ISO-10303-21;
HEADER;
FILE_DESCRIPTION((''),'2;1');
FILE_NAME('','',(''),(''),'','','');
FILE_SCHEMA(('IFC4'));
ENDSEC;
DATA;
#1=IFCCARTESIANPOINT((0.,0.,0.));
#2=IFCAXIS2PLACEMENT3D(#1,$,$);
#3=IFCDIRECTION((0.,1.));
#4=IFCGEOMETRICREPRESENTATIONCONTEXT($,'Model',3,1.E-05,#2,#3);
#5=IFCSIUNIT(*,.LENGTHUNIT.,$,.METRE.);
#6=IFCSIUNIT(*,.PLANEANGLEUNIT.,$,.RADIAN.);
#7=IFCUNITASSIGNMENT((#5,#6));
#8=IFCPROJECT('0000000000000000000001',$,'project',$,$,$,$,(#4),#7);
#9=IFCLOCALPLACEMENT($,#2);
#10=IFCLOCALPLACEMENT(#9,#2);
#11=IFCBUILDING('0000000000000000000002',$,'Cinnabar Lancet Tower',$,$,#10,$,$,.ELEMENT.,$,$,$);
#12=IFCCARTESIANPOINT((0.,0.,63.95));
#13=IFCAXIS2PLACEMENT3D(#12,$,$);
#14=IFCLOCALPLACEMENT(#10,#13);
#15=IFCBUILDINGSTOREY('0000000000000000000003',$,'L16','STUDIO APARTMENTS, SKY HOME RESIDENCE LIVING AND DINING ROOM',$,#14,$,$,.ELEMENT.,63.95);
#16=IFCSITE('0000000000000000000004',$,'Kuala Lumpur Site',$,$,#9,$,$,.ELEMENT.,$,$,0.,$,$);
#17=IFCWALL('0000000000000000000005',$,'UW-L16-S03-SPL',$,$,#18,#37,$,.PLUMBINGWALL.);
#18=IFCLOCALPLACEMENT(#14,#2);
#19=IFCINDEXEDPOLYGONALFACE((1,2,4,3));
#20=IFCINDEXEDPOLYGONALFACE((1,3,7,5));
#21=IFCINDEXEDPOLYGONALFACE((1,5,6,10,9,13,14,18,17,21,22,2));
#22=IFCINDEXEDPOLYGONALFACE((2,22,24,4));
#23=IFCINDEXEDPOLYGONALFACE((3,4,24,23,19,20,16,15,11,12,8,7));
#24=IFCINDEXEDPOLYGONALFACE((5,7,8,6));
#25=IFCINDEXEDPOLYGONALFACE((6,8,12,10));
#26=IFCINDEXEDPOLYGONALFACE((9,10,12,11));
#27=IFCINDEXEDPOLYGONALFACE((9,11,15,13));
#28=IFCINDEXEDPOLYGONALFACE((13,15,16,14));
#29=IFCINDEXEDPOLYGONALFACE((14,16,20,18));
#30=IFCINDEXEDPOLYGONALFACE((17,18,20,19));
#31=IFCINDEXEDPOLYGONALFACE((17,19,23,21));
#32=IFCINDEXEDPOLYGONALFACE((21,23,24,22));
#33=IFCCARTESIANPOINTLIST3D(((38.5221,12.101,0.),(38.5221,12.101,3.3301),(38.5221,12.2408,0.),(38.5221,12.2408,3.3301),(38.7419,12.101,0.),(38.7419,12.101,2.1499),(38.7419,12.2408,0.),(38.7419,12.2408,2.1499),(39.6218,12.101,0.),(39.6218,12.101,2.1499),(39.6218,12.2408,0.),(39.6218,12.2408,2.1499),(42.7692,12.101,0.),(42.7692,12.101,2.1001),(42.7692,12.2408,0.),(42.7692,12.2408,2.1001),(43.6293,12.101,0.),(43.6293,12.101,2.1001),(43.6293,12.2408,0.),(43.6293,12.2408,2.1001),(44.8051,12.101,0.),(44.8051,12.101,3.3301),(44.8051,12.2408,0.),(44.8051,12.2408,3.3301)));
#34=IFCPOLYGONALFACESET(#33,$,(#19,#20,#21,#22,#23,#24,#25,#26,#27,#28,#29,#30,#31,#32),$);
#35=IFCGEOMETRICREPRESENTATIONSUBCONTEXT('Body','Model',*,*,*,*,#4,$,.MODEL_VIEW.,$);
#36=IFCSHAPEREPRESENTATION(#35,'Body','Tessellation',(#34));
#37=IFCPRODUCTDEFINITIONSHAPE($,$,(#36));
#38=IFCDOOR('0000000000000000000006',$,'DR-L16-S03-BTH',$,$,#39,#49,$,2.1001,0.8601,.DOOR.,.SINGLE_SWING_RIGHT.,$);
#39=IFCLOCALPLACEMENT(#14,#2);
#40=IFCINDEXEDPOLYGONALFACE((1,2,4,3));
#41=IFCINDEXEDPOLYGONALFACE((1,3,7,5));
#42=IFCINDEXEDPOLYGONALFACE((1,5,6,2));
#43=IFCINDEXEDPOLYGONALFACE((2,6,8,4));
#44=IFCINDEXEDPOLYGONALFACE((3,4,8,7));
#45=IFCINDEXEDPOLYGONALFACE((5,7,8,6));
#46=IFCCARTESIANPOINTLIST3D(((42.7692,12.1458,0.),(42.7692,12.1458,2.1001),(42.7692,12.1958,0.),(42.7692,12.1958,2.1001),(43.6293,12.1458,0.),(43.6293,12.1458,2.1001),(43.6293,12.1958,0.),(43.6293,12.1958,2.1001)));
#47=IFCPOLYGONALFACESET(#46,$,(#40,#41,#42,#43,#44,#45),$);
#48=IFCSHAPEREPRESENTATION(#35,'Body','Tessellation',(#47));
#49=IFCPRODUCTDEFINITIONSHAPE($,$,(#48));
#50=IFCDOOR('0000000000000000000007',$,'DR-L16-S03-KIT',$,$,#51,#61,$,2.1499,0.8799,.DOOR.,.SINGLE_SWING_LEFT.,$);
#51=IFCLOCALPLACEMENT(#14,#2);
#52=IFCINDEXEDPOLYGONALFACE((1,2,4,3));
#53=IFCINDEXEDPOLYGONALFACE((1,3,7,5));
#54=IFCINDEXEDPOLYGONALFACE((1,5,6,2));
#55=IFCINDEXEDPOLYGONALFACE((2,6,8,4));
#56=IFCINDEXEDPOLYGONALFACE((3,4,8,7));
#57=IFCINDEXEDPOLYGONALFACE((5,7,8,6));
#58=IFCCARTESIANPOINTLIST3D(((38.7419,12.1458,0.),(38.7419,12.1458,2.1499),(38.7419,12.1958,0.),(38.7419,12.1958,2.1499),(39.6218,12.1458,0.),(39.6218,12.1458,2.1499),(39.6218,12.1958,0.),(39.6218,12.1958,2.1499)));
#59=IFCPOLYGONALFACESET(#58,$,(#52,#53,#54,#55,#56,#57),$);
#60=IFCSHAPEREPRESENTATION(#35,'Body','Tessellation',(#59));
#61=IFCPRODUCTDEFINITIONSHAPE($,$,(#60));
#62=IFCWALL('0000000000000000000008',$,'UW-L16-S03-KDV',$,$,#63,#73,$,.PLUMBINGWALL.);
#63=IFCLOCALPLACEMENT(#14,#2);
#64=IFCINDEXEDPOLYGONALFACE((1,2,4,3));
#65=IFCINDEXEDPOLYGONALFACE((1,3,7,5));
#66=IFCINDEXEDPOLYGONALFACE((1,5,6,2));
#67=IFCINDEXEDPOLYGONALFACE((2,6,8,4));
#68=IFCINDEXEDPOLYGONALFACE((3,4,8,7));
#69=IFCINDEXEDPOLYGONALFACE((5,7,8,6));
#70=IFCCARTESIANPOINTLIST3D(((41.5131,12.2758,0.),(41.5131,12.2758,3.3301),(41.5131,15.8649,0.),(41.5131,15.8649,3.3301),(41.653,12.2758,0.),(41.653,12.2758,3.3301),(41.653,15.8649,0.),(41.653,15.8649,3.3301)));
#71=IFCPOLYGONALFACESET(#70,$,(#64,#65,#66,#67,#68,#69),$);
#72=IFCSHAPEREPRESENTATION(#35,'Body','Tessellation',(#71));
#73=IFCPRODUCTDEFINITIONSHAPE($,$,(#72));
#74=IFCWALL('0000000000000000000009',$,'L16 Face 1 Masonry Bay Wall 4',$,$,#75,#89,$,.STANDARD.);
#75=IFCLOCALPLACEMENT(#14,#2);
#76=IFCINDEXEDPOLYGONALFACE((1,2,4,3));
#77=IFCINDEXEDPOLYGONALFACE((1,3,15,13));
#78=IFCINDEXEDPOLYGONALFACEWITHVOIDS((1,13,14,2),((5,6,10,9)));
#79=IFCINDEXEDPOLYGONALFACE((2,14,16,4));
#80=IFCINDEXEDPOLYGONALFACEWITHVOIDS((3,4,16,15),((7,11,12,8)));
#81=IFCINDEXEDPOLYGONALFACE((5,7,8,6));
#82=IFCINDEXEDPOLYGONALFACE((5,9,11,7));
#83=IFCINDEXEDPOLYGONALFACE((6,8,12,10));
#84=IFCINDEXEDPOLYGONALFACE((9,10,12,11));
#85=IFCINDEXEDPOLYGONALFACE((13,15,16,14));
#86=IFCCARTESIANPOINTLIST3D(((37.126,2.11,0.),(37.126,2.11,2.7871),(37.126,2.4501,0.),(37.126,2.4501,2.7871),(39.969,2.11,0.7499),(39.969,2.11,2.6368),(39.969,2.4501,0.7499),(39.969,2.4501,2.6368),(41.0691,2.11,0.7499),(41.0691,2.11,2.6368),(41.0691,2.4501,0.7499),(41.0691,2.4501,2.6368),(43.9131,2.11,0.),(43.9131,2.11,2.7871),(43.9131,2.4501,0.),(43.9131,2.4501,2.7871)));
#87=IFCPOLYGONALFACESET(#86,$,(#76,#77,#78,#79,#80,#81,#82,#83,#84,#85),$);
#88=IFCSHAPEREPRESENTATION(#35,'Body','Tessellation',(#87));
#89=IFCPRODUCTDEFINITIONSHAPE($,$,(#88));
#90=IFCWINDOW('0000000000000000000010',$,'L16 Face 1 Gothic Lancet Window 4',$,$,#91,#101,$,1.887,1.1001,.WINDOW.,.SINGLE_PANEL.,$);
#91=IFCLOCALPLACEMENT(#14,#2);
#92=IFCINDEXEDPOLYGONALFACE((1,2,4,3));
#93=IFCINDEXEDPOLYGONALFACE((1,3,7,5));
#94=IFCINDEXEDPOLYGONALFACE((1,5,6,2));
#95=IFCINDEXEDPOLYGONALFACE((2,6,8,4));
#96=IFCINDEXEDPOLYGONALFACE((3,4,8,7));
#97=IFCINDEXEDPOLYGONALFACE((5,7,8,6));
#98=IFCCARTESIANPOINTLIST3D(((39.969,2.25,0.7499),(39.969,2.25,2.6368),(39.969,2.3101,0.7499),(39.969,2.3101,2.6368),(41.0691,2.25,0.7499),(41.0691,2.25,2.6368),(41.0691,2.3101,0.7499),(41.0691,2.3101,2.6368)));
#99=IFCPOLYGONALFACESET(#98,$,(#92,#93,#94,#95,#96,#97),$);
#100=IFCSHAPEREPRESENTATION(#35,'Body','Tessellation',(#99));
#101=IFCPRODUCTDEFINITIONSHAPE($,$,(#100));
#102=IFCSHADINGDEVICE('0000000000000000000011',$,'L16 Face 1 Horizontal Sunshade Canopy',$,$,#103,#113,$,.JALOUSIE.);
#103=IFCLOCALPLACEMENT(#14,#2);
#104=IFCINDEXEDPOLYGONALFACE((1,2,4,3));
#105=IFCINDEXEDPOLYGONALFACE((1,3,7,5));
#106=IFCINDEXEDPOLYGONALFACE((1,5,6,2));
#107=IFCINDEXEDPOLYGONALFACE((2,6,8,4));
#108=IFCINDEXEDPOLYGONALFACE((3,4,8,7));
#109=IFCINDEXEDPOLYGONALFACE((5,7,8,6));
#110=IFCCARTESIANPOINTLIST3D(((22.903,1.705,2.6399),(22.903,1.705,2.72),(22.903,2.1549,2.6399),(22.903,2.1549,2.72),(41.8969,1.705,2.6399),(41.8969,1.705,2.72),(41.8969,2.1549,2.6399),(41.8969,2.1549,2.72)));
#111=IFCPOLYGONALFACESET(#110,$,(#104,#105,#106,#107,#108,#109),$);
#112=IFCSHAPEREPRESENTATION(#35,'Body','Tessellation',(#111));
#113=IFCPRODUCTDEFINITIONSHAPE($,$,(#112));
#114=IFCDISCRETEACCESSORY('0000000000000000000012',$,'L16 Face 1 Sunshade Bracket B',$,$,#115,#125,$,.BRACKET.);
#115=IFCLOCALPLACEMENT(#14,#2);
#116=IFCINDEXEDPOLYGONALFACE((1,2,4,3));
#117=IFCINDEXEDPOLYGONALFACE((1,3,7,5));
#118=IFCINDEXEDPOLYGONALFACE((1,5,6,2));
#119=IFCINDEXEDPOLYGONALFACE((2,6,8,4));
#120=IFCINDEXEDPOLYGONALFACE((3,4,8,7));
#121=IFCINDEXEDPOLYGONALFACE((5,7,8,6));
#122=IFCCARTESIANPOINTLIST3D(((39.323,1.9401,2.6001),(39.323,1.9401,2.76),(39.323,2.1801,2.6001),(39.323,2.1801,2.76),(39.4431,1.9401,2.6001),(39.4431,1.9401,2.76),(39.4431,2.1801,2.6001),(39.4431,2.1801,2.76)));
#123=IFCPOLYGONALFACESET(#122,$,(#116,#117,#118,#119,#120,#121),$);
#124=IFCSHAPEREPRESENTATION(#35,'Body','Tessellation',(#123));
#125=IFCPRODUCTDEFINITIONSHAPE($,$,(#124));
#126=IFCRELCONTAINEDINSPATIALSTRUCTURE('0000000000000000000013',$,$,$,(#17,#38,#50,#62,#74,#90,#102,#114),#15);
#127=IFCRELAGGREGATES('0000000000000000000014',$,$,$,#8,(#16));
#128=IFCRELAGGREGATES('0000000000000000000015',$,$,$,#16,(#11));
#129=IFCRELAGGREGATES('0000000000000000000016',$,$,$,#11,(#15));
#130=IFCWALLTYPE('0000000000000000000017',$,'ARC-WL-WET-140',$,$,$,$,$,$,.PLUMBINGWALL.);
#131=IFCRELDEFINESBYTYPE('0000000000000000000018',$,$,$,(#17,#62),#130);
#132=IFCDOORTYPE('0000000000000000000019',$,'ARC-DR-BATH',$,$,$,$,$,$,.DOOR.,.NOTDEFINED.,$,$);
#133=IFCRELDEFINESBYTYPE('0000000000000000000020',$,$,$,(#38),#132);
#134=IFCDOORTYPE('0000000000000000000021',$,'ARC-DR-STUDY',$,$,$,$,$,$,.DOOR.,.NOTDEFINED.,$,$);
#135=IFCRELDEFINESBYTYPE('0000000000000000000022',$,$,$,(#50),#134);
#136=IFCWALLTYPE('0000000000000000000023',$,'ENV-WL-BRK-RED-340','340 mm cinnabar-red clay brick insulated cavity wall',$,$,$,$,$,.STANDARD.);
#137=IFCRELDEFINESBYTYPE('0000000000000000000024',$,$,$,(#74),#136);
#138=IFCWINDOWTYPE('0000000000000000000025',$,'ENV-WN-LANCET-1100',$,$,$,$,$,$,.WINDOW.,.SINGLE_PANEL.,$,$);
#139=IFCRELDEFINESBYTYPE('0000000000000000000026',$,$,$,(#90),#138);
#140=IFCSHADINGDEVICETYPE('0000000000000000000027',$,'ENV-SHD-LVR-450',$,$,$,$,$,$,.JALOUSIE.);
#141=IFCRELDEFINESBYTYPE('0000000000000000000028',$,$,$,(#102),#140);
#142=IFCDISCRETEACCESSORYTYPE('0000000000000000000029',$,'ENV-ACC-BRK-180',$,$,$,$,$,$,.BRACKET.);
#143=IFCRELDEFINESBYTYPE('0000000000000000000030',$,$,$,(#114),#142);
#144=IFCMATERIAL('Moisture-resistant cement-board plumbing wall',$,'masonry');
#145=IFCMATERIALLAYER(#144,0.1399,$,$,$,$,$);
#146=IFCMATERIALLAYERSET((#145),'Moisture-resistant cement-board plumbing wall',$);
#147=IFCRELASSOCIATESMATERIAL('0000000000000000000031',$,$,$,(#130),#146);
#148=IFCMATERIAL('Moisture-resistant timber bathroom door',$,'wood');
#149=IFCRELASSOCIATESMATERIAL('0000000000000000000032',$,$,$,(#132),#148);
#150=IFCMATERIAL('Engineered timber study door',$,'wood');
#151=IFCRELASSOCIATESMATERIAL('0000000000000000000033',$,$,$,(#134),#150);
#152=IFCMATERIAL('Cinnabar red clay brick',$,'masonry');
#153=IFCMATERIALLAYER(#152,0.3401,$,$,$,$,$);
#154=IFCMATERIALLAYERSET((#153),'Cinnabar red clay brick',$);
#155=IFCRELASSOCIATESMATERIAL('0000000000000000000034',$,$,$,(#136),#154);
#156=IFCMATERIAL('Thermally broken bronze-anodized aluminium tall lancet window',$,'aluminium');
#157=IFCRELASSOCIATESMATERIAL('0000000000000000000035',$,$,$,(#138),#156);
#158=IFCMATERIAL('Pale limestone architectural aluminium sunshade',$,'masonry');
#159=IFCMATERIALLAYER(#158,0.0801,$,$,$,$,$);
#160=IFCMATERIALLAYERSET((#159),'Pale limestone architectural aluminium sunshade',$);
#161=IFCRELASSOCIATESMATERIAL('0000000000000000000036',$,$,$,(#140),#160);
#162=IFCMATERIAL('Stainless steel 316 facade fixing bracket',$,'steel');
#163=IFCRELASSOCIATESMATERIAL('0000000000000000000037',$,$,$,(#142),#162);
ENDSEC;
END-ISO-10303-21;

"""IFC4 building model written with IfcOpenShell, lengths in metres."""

from ifc_helpers import new_model, si_unit, direction, frame, frame_2d, origin, origin_2d, place, context, subcontext, project, spatial, rectangle, extrude, material, layer, layer_set, type_object, element, fill, save


model = new_model("IFC4")

# Units and contexts
model_context = context("Model", 3, precision=1e-05, world=origin(), true_north=direction((0.0, 1.0)))
body_context = subcontext(model_context, "Body", "Model", "MODEL_VIEW")
ifc_project = project(units=[si_unit("LENGTHUNIT", "METRE"), si_unit("PLANEANGLEUNIT", "RADIAN")], contexts=[model_context])

# Site, building, storey
site_placement = place(None, origin())
site = spatial("IfcSite", under=ifc_project, at=site_placement, Name="Kuala Lumpur Site", CompositionType="ELEMENT", RefElevation=0.0)
building_placement = place(site_placement, origin())
building = spatial("IfcBuilding", under=site, at=building_placement, Name="Cinnabar Lancet Tower", CompositionType="ELEMENT")
storey_placement = place(building_placement, frame((0.0, 0.0, 63.95)))
storey = spatial("IfcBuildingStorey", under=building, at=storey_placement, Name="L16", Description="STUDIO APARTMENTS, SKY HOME RESIDENCE LIVING AND DINING ROOM", CompositionType="ELEMENT", Elevation=63.95)

# Shared definitions
ifc_material_1 = material(Name="Moisture-resistant cement-board plumbing wall", Category="masonry")
ifc_layer_1 = layer(ifc_material_1, 0.1399)
ifc_layer_set_1 = layer_set([ifc_layer_1], Name="Moisture-resistant cement-board plumbing wall")
wall_type_1 = type_object("IfcWallType", Name="ARC-WL-WET-140", PredefinedType="PLUMBINGWALL", material=ifc_layer_set_1)

# Wall, openings, doors
wall_1_placement = place(storey_placement, frame((38.522, 12.1709, 0.0), z_axis=(0.0, 0.0, 1.0), x_axis=(1.0, 0.0, 0.0)))
wall_1 = element("IfcWall", 1, at=wall_1_placement, inside=storey, type_object=wall_type_1, Name="UW-L16-S03-SPL", PredefinedType="PLUMBINGWALL", context=body_context, shape_type="SweptSolid", body=[
    extrude(rectangle(XDim=6.283, YDim=0.1399, at=frame_2d((3.1416, 0.0))), origin(), (0.0, 0.0, 1.0), 3.3301),
])
opening_1_placement = place(wall_1_placement, frame((4.2471, 0.0, 0.0)))
opening_1 = element("IfcOpeningElement", 2, at=opening_1_placement, cuts=wall_1, PredefinedType="OPENING", context=body_context, shape_type="SweptSolid", body=[
    extrude(rectangle(XDim=0.8601, YDim=2.1001, at=frame_2d((0.4302, 1.05))), frame((0.0, 0.0798, 0.0), z_axis=(0.0, -1.0, 0.0), x_axis=(1.0, 0.0, 0.0)), (0.0, 0.0, 1.0), 0.1599),
])
opening_2_placement = place(wall_1_placement, frame((0.22, 0.0, 0.0)))
opening_2 = element("IfcOpeningElement", 3, at=opening_2_placement, cuts=wall_1, PredefinedType="OPENING", context=body_context, shape_type="SweptSolid", body=[
    extrude(rectangle(XDim=0.8799, YDim=2.1499, at=frame_2d((0.4399, 1.075))), frame((0.0, 0.0798, 0.0), z_axis=(0.0, -1.0, 0.0), x_axis=(1.0, 0.0, 0.0)), (0.0, 0.0, 1.0), 0.1599),
])
ifc_material_2 = material(Name="Moisture-resistant timber bathroom door", Category="wood")
door_type_1 = type_object("IfcDoorType", Name="ARC-DR-BATH", OperationType="NOTDEFINED", PredefinedType="DOOR", material=ifc_material_2)
door_1_placement = place(opening_1_placement, origin())
door_1 = element("IfcDoor", 4, at=door_1_placement, inside=storey, type_object=door_type_1, Name="DR-L16-S03-BTH", OperationType="SINGLE_SWING_RIGHT", OverallHeight=2.1001, OverallWidth=0.8601, PredefinedType="DOOR", context=body_context, shape_type="SweptSolid", body=[
    extrude(rectangle(XDim=0.8601, YDim=2.1001, at=frame_2d((0.4302, 1.05))), frame((0.0, 0.0249, 0.0), z_axis=(0.0, -1.0, 0.0), x_axis=(1.0, 0.0, 0.0)), (0.0, 0.0, 1.0), 0.05),
])
fill(opening_1, door_1)
ifc_material_3 = material(Name="Engineered timber study door", Category="wood")
door_type_2 = type_object("IfcDoorType", Name="ARC-DR-STUDY", OperationType="NOTDEFINED", PredefinedType="DOOR", material=ifc_material_3)
door_2_placement = place(opening_2_placement, origin())
door_2 = element("IfcDoor", 5, at=door_2_placement, inside=storey, type_object=door_type_2, Name="DR-L16-S03-KIT", OperationType="SINGLE_SWING_LEFT", OverallHeight=2.1499, OverallWidth=0.8799, PredefinedType="DOOR", context=body_context, shape_type="SweptSolid", body=[
    extrude(rectangle(XDim=0.8799, YDim=2.1499, at=frame_2d((0.4399, 1.075))), frame((0.0, 0.0249, 0.0), z_axis=(0.0, -1.0, 0.0), x_axis=(1.0, 0.0, 0.0)), (0.0, 0.0, 1.0), 0.05),
])
fill(opening_2, door_2)

# Wall
wall_2_placement = place(storey_placement, frame((41.583, 12.2759, 0.0), z_axis=(0.0, 0.0, 1.0), x_axis=(0.0, 1.0, 0.0)))
element("IfcWall", 6, at=wall_2_placement, inside=storey, type_object=wall_type_1, Name="UW-L16-S03-KDV", PredefinedType="PLUMBINGWALL", context=body_context, shape_type="SweptSolid", body=[
    extrude(rectangle(XDim=3.5891, YDim=0.1399, at=frame_2d((1.7944, 0.0))), origin(), (0.0, 0.0, 1.0), 3.3301),
])

# Wall, opening, window
ifc_material_4 = material(Name="Cinnabar red clay brick", Category="masonry")
ifc_layer_2 = layer(ifc_material_4, 0.3401)
ifc_layer_set_2 = layer_set([ifc_layer_2], Name="Cinnabar red clay brick")
wall_type_2 = type_object("IfcWallType", Name="ENV-WL-BRK-RED-340", Description="340 mm cinnabar-red clay brick insulated cavity wall", PredefinedType="STANDARD", material=ifc_layer_set_2)
wall_3_placement = place(storey_placement, frame((37.126, 2.28, 0.0), z_axis=(0.0, 0.0, 1.0), x_axis=(1.0, 0.0, 0.0)))
wall_3 = element("IfcWall", 7, at=wall_3_placement, inside=storey, type_object=wall_type_2, Name="L16 Face 1 Masonry Bay Wall 4", PredefinedType="STANDARD", context=body_context, shape_type="SweptSolid", body=[
    extrude(rectangle(XDim=6.7871, YDim=0.3401, at=frame_2d((3.3936, 0.0))), origin(), (0.0, 0.0, 1.0), 2.7871),
])
opening_3_placement = place(wall_3_placement, frame((2.843, 0.0, 0.75)))
opening_3 = element("IfcOpeningElement", 8, at=opening_3_placement, cuts=wall_3, PredefinedType="OPENING", context=body_context, shape_type="SweptSolid", body=[
    extrude(rectangle(XDim=1.1001, YDim=1.887, at=frame_2d((0.55, 0.9434))), frame((0.0, 0.1799, 0.0), z_axis=(0.0, -1.0, 0.0), x_axis=(1.0, 0.0, 0.0)), (0.0, 0.0, 1.0), 0.3601),
])
ifc_material_5 = material(Name="Thermally broken bronze-anodized aluminium tall lancet window", Category="aluminium")
window_type = type_object("IfcWindowType", Name="ENV-WN-LANCET-1100", PartitioningType="SINGLE_PANEL", PredefinedType="WINDOW", material=ifc_material_5)
window_placement = place(opening_3_placement, origin())
window = element("IfcWindow", 9, at=window_placement, inside=storey, type_object=window_type, Name="L16 Face 1 Gothic Lancet Window 4", OverallHeight=1.887, OverallWidth=1.1001, PartitioningType="SINGLE_PANEL", PredefinedType="WINDOW", context=body_context, shape_type="SweptSolid", body=[
    extrude(rectangle(XDim=1.1001, YDim=1.887, at=frame_2d((0.55, 0.9434))), frame((0.0, 0.03, 0.0), z_axis=(0.0, -1.0, 0.0), x_axis=(1.0, 0.0, 0.0)), (0.0, 0.0, 1.0), 0.0601),
])
fill(opening_3, window)

# Shading device
ifc_material_6 = material(Name="Pale limestone architectural aluminium sunshade", Category="masonry")
ifc_layer_3 = layer(ifc_material_6, 0.0801)
ifc_layer_set_3 = layer_set([ifc_layer_3], Name="Pale limestone architectural aluminium sunshade")
shading_device_type = type_object("IfcShadingDeviceType", Name="ENV-SHD-LVR-450", PredefinedType="JALOUSIE", material=ifc_layer_set_3)
shading_device_placement = place(storey_placement, frame((32.3999, 1.9299, 2.6399), z_axis=(0.0, 0.0, 1.0), x_axis=(1.0, 0.0, 0.0)))
element("IfcShadingDevice", 10, at=shading_device_placement, inside=storey, type_object=shading_device_type, Name="L16 Face 1 Horizontal Sunshade Canopy", PredefinedType="JALOUSIE", context=body_context, shape_type="SweptSolid", body=[
    extrude(rectangle(XDim=18.9939, YDim=0.45, at=origin_2d()), origin(), (0.0, 0.0, 1.0), 0.0801),
])

# Discrete accessory
ifc_material_7 = material(Name="Stainless steel 316 facade fixing bracket", Category="steel")
discrete_accessory_type = type_object("IfcDiscreteAccessoryType", Name="ENV-ACC-BRK-180", PredefinedType="BRACKET", material=ifc_material_7)
discrete_accessory_placement = place(storey_placement, frame((39.3831, 2.0601, 2.6001), z_axis=(0.0, 0.0, 1.0), x_axis=(1.0, 0.0, 0.0)))
element("IfcDiscreteAccessory", 11, at=discrete_accessory_placement, inside=storey, type_object=discrete_accessory_type, Name="L16 Face 1 Sunshade Bracket B", PredefinedType="BRACKET", context=body_context, shape_type="SweptSolid", body=[
    extrude(rectangle(XDim=0.1201, YDim=0.24, at=origin_2d()), origin(), (0.0, 0.0, 1.0), 0.1599),
])

save(model, "model.ifc")
